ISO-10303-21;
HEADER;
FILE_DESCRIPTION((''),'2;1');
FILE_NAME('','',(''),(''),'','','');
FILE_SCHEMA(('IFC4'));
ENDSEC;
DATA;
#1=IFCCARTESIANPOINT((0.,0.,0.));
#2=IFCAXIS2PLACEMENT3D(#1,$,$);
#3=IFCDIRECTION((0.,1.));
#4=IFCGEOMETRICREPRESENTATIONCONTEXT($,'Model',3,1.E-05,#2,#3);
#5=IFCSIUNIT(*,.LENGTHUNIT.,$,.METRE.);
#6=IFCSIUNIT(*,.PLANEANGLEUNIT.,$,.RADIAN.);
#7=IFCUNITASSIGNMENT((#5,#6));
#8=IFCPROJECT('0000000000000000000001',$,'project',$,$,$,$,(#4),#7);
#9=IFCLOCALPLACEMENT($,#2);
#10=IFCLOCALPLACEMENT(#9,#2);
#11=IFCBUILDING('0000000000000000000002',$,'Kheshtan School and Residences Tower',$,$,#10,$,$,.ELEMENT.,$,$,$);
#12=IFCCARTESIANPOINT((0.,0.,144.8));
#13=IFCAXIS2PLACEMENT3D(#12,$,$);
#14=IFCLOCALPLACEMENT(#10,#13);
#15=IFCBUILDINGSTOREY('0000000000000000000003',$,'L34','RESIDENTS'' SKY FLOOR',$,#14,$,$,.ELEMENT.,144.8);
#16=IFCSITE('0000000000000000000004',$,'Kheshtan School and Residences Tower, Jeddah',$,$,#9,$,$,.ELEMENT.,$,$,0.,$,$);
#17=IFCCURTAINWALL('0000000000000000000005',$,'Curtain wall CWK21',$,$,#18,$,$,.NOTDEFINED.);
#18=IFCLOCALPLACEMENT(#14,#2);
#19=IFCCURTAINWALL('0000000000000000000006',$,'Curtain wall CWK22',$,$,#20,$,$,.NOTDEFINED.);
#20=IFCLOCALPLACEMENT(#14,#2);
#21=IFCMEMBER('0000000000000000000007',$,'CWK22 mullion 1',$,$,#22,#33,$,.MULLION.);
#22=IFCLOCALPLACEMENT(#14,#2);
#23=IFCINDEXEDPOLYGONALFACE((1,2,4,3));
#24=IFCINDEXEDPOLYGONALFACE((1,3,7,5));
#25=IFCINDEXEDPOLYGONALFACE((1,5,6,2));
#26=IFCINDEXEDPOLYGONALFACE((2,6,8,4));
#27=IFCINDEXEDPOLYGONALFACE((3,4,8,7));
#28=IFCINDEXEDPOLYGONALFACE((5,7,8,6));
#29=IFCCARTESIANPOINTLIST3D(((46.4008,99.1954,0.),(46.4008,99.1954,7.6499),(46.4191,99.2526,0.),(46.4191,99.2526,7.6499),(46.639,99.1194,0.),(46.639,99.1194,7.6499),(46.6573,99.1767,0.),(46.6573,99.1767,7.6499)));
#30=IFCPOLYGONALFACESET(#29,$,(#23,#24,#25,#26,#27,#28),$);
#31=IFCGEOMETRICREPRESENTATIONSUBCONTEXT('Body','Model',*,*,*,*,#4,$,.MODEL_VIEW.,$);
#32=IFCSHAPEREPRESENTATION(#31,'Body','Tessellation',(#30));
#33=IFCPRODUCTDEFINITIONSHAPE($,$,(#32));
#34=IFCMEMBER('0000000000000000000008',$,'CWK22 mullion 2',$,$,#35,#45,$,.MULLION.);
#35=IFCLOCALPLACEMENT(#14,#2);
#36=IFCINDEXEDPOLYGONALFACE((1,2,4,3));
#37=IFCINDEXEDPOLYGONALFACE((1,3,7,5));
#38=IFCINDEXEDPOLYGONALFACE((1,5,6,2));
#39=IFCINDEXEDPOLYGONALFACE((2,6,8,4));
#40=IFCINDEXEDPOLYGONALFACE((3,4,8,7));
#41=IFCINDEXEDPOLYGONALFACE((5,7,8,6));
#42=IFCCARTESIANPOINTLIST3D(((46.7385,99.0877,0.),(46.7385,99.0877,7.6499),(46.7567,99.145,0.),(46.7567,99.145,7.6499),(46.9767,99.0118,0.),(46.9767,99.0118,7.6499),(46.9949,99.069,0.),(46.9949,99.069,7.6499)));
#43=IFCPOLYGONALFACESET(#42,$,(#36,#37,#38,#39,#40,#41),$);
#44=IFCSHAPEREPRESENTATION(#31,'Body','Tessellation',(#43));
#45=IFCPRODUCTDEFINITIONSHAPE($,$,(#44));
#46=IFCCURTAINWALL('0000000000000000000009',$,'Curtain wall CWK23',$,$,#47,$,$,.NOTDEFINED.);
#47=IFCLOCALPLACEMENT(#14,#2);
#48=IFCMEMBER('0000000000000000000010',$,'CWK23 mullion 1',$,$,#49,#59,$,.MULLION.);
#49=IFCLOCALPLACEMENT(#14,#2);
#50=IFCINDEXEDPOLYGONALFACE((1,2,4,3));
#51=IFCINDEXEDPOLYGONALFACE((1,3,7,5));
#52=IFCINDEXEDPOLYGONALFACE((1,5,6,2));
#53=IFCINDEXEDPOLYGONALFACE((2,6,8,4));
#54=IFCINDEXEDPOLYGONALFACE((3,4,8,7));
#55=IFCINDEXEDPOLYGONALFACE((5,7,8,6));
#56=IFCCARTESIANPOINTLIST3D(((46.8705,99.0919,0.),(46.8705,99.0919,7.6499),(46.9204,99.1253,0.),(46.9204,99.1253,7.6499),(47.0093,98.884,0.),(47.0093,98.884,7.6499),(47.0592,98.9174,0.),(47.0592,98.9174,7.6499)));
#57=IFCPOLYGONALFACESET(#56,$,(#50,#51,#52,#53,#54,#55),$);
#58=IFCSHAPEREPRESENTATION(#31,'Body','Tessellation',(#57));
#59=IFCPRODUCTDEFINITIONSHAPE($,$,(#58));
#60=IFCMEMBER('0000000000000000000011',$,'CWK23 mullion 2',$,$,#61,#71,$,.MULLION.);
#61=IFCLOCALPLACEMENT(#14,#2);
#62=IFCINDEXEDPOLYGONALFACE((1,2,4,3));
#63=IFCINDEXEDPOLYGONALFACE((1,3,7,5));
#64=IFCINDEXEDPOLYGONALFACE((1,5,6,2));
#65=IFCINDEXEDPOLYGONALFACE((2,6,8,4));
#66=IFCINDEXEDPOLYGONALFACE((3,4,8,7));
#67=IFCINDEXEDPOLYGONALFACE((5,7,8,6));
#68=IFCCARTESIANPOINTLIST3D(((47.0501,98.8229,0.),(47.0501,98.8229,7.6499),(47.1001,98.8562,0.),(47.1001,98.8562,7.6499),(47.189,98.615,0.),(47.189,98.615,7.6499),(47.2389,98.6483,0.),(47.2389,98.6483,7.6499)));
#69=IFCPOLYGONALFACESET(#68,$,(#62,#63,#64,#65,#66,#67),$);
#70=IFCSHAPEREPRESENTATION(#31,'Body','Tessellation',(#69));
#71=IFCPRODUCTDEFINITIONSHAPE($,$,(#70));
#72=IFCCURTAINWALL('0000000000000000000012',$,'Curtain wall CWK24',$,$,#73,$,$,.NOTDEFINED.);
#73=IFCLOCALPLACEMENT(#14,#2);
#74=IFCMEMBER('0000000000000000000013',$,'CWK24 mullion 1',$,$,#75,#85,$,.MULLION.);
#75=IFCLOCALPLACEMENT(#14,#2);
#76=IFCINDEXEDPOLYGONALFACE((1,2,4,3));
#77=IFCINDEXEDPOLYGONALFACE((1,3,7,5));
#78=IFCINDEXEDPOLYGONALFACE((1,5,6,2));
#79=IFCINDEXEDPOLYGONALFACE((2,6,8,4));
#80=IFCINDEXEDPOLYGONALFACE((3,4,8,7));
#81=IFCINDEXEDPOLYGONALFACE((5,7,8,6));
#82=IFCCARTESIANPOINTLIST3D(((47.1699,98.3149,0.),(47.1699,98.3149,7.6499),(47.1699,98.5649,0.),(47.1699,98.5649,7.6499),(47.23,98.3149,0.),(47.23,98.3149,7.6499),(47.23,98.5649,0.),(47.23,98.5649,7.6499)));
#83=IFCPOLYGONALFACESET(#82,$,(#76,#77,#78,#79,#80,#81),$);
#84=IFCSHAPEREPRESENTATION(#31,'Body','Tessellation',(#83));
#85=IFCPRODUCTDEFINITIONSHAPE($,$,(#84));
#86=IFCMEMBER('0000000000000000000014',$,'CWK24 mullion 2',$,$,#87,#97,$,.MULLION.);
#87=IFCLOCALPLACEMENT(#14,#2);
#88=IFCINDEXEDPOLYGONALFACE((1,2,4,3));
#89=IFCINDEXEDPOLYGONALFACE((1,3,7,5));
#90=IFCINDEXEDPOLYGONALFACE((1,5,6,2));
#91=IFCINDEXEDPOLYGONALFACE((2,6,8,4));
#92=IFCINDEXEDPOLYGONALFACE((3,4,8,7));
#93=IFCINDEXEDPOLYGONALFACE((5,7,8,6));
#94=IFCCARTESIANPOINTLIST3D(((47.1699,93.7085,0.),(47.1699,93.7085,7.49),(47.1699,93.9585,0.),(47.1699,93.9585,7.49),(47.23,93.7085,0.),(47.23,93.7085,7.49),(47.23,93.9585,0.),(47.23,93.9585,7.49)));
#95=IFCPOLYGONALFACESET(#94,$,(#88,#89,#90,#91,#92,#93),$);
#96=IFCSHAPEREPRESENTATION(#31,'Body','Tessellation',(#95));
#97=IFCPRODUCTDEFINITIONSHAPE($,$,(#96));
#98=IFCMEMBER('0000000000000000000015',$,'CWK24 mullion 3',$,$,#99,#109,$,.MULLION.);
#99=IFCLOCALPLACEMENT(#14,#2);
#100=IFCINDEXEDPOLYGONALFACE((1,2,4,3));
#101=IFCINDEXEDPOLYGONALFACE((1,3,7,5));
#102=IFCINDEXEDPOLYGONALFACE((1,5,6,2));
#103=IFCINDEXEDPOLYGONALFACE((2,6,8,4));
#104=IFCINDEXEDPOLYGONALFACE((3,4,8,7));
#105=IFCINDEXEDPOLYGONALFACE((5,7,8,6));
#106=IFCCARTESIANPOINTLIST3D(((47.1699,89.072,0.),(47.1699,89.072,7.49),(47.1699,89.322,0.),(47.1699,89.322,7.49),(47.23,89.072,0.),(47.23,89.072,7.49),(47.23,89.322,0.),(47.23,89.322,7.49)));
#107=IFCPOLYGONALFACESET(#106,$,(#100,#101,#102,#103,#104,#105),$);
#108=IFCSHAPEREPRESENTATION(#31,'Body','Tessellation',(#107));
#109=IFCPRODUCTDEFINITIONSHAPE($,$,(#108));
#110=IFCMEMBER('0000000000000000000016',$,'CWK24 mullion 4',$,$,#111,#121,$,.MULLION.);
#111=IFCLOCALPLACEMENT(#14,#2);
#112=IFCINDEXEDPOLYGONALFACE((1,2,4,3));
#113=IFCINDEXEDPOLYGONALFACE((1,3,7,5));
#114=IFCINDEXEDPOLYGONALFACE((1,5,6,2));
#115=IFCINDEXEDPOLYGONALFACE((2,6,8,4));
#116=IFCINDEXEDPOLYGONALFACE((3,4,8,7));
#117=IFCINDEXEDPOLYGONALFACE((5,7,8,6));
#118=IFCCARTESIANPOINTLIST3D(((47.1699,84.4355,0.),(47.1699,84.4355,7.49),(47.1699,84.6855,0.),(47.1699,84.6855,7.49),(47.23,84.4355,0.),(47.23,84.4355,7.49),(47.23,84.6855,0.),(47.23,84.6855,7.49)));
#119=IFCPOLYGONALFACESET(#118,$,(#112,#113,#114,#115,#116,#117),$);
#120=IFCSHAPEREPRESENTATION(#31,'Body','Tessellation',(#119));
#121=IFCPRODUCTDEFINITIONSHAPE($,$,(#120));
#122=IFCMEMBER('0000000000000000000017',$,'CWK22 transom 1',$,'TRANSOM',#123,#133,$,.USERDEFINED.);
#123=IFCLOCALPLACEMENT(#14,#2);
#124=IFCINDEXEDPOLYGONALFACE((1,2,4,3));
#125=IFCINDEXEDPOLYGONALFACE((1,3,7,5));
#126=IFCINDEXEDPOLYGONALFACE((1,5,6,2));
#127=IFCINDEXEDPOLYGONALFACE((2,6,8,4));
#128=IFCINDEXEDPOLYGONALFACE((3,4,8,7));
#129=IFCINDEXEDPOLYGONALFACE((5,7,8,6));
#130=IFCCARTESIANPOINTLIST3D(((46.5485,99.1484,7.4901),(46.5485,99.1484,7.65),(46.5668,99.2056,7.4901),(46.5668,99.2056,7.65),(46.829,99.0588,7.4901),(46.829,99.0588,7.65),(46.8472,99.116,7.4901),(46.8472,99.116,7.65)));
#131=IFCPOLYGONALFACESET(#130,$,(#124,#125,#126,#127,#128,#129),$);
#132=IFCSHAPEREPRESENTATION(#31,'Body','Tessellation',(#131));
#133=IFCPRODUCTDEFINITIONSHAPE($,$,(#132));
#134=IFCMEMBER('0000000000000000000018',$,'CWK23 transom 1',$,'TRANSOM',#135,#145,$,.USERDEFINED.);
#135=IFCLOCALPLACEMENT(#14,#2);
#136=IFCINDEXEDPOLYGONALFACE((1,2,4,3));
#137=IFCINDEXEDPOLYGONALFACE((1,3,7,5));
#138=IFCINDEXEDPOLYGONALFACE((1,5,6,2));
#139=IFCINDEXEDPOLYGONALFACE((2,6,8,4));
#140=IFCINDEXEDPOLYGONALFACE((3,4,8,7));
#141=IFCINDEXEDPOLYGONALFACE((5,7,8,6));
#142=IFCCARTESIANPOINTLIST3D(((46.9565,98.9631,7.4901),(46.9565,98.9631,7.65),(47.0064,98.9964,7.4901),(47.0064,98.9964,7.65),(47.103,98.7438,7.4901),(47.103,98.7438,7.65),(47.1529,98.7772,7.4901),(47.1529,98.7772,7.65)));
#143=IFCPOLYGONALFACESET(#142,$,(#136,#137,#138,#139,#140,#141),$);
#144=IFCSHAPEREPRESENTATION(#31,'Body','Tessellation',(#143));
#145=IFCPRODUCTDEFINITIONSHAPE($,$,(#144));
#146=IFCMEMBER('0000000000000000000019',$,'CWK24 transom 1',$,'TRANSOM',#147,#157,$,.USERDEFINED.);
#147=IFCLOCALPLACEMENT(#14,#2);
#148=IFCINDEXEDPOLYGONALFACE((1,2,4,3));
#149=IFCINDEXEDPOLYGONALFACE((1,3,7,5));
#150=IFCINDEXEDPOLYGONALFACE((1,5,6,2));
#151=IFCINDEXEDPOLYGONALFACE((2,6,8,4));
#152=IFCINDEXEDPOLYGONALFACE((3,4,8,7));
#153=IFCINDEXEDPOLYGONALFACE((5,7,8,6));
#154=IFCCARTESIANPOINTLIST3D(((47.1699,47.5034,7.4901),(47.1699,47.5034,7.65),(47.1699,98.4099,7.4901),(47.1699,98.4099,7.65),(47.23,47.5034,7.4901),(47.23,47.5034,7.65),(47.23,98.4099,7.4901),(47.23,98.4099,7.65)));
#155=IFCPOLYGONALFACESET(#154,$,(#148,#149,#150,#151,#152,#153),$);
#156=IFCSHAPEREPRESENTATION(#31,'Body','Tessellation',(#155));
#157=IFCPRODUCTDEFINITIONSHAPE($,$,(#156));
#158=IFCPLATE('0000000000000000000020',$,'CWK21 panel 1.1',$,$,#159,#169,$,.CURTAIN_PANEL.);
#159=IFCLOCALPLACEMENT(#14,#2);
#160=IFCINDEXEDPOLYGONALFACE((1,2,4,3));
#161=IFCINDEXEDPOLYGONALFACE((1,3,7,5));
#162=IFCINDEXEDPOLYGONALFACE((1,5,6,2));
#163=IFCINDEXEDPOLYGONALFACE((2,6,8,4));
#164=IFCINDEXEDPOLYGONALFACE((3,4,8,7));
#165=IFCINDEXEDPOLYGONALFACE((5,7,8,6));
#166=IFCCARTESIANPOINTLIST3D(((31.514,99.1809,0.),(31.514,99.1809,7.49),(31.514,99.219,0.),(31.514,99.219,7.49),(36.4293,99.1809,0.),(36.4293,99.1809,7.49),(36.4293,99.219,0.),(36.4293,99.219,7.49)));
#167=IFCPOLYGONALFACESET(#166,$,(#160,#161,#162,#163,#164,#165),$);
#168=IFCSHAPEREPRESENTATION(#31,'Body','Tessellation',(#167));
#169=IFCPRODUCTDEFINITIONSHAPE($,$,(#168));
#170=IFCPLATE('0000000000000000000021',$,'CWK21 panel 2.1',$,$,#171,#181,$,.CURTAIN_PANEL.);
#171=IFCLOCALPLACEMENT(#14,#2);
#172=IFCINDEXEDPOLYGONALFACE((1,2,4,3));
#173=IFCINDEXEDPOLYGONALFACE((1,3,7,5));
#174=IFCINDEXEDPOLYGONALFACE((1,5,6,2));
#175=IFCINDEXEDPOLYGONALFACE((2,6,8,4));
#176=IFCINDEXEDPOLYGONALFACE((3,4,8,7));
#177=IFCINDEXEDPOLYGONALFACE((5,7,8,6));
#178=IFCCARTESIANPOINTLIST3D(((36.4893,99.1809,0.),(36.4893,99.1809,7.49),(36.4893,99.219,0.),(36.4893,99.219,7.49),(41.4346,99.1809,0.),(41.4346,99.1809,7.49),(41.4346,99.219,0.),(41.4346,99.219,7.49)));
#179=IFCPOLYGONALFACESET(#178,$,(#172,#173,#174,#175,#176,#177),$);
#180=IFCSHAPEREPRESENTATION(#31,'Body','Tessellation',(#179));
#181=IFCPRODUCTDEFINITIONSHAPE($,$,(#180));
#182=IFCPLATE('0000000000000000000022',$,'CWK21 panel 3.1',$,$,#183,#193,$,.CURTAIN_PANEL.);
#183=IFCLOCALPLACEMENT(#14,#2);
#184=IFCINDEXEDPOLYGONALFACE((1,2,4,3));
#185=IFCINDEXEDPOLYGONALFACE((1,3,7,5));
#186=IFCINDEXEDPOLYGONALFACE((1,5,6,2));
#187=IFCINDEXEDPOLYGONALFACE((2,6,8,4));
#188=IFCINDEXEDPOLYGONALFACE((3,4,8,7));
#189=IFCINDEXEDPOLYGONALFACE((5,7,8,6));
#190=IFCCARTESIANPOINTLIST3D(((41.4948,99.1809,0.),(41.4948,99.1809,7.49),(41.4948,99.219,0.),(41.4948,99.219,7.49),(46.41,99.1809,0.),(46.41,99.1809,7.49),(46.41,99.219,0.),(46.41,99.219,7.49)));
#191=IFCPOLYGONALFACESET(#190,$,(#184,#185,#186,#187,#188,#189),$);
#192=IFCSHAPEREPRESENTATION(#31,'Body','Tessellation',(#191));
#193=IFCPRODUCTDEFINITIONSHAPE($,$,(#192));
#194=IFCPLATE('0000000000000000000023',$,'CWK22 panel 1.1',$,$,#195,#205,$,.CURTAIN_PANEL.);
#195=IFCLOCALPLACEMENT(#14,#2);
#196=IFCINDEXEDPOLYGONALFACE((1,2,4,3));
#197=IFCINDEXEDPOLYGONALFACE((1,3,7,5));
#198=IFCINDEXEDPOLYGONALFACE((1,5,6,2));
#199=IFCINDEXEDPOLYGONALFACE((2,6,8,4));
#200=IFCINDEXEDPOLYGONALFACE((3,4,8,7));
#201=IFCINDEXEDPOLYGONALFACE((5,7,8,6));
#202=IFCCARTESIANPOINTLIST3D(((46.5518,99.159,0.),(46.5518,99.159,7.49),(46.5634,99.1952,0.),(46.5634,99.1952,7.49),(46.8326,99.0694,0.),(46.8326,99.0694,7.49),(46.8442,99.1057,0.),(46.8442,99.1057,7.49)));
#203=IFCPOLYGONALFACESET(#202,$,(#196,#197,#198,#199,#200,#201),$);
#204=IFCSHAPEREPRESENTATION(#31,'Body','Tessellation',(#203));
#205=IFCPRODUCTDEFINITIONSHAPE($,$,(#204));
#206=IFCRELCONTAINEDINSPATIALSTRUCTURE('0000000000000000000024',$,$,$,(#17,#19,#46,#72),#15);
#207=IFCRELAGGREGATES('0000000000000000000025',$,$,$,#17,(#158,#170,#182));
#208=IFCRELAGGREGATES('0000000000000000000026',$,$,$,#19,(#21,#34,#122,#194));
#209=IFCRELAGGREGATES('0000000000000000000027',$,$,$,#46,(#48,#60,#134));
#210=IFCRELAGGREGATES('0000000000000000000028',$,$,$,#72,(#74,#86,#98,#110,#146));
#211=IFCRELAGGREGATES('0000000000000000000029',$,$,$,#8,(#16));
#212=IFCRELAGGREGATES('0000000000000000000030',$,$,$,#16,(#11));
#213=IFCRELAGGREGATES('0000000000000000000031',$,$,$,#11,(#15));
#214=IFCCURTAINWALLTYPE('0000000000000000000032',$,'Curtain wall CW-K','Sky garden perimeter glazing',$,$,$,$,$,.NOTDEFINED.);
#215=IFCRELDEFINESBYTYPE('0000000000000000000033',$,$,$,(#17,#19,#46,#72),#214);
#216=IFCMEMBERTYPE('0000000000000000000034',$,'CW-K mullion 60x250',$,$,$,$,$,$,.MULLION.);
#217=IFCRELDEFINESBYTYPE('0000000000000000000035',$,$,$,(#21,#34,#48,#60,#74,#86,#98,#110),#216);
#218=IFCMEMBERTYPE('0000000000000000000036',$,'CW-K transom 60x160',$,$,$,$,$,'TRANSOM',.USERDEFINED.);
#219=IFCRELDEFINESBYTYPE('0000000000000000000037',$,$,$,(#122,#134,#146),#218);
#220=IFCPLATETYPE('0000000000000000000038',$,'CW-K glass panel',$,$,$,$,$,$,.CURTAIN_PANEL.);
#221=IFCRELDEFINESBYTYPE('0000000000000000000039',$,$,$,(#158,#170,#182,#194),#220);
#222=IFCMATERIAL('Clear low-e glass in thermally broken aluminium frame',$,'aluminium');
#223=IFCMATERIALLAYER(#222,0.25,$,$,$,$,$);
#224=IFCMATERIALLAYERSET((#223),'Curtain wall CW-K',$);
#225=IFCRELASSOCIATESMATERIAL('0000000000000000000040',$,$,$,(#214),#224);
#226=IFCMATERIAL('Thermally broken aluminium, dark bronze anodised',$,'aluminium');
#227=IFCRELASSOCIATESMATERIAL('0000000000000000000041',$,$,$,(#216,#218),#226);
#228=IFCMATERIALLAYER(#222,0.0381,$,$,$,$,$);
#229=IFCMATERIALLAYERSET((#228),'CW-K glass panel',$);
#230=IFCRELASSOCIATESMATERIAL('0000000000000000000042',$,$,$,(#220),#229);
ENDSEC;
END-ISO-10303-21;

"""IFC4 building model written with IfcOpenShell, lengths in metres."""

from ifc_helpers import new_model, si_unit, direction, frame, origin, origin_2d, place, context, subcontext, project, spatial, rectangle, extrude, material, layer, layer_set, material_profile, profile_set, type_object, element, aggregate, save


model = new_model("IFC4")

# Units and contexts
model_context = context("Model", 3, precision=1e-05, world=origin(), true_north=direction((0.0, 1.0)))
body_context = subcontext(model_context, "Body", "Model", "MODEL_VIEW")
ifc_project = project(units=[si_unit("LENGTHUNIT", "METRE"), si_unit("PLANEANGLEUNIT", "RADIAN")], contexts=[model_context])

# Site, building, storey
site_placement = place(None, origin())
site = spatial("IfcSite", under=ifc_project, at=site_placement, Name="Kheshtan School and Residences Tower, Jeddah", CompositionType="ELEMENT", RefElevation=0.0)
building_placement = place(site_placement, origin())
building = spatial("IfcBuilding", under=site, at=building_placement, Name="Kheshtan School and Residences Tower", CompositionType="ELEMENT")
storey_placement = place(building_placement, frame((0.0, 0.0, 144.8)))
storey = spatial("IfcBuildingStorey", under=building, at=storey_placement, Name="L34", Description="RESIDENTS' SKY FLOOR", CompositionType="ELEMENT", Elevation=144.8)

# Curtain walls, members
ifc_material_1 = material(Name="Clear low-e glass in thermally broken aluminium frame", Category="aluminium")
ifc_layer_1 = layer(ifc_material_1, 0.25)
ifc_layer_set_1 = layer_set([ifc_layer_1], Name="Curtain wall CW-K")
curtain_wall_type = type_object("IfcCurtainWallType", Name="Curtain wall CW-K", Description="Sky garden perimeter glazing", PredefinedType="NOTDEFINED", material=ifc_layer_set_1)
curtain_wall_1_placement = place(storey_placement, origin())
curtain_wall_1 = element("IfcCurtainWall", 1, at=curtain_wall_1_placement, inside=storey, type_object=curtain_wall_type, Name="Curtain wall CWK21", PredefinedType="NOTDEFINED")
ifc_material_2 = material(Name="Thermally broken aluminium, dark bronze anodised", Category="aluminium")
ifc_material_profile_1 = material_profile(ifc_material_2, rectangle(XDim=0.0601, YDim=0.25, at=origin_2d()), Name="CW-K mullion 60x250")
ifc_profile_set_1 = profile_set([ifc_material_profile_1], Name="Thermally broken aluminium, dark bronze anodised")
member_type_1 = type_object("IfcMemberType", Name="CW-K mullion 60x250", PredefinedType="MULLION", material=ifc_profile_set_1)
curtain_wall_2_placement = place(storey_placement, origin())
curtain_wall_2 = element("IfcCurtainWall", 2, at=curtain_wall_2_placement, inside=storey, type_object=curtain_wall_type, Name="Curtain wall CWK22", PredefinedType="NOTDEFINED")
member_1_placement = place(storey_placement, frame((46.5291, 99.186, 0.0), z_axis=(0.0, 0.0, 1.0), x_axis=(0.3039, 0.952704, 0.0)))
member_1 = element("IfcMember", 3, at=member_1_placement, type_object=member_type_1, Name="CWK22 mullion 1", PredefinedType="MULLION", context=body_context, shape_type="SweptSolid", body=[
    extrude(rectangle(XDim=0.0601, YDim=0.25, at=origin_2d()), origin(), (0.0, 0.0, 1.0), 7.6499),
])
member_2_placement = place(storey_placement, frame((46.8667, 99.0784, 0.0), z_axis=(0.0, 0.0, 1.0), x_axis=(0.3039, 0.952704, 0.0)))
member_2 = element("IfcMember", 4, at=member_2_placement, type_object=member_type_1, Name="CWK22 mullion 2", PredefinedType="MULLION", context=body_context, shape_type="SweptSolid", body=[
    extrude(rectangle(XDim=0.0601, YDim=0.25, at=origin_2d()), origin(), (0.0, 0.0, 1.0), 7.6499),
])
curtain_wall_3_placement = place(storey_placement, origin())
curtain_wall_3 = element("IfcCurtainWall", 5, at=curtain_wall_3_placement, inside=storey, type_object=curtain_wall_type, Name="Curtain wall CWK23", PredefinedType="NOTDEFINED")
member_3_placement = place(storey_placement, frame((46.9648, 99.0046, 0.0), z_axis=(0.0, 0.0, 1.0), x_axis=(0.831649, 0.555302, 0.0)))
member_3 = element("IfcMember", 6, at=member_3_placement, type_object=member_type_1, Name="CWK23 mullion 1", PredefinedType="MULLION", context=body_context, shape_type="SweptSolid", body=[
    extrude(rectangle(XDim=0.0601, YDim=0.25, at=origin_2d()), origin(), (0.0, 0.0, 1.0), 7.6499),
])
member_4_placement = place(storey_placement, frame((47.1445, 98.7356, 0.0), z_axis=(0.0, 0.0, 1.0), x_axis=(0.831649, 0.555302, 0.0)))
member_4 = element("IfcMember", 7, at=member_4_placement, type_object=member_type_1, Name="CWK23 mullion 2", PredefinedType="MULLION", context=body_context, shape_type="SweptSolid", body=[
    extrude(rectangle(XDim=0.0601, YDim=0.25, at=origin_2d()), origin(), (0.0, 0.0, 1.0), 7.6499),
])
curtain_wall_4_placement = place(storey_placement, origin())
curtain_wall_4 = element("IfcCurtainWall", 8, at=curtain_wall_4_placement, inside=storey, type_object=curtain_wall_type, Name="Curtain wall CWK24", PredefinedType="NOTDEFINED")
member_5_placement = place(storey_placement, frame((47.2, 98.4399, 0.0), z_axis=(0.0, 0.0, 1.0), x_axis=(1.0, 0.0, 0.0)))
member_5 = element("IfcMember", 9, at=member_5_placement, type_object=member_type_1, Name="CWK24 mullion 1", PredefinedType="MULLION", context=body_context, shape_type="SweptSolid", body=[
    extrude(rectangle(XDim=0.0601, YDim=0.25, at=origin_2d()), origin(), (0.0, 0.0, 1.0), 7.6499),
])
member_6_placement = place(storey_placement, frame((47.2, 93.8335, 0.0), z_axis=(0.0, 0.0, 1.0), x_axis=(1.0, 0.0, 0.0)))
member_6 = element("IfcMember", 10, at=member_6_placement, type_object=member_type_1, Name="CWK24 mullion 2", PredefinedType="MULLION", context=body_context, shape_type="SweptSolid", body=[
    extrude(rectangle(XDim=0.0601, YDim=0.25, at=origin_2d()), origin(), (0.0, 0.0, 1.0), 7.49),
])
member_7_placement = place(storey_placement, frame((47.2, 89.197, 0.0), z_axis=(0.0, 0.0, 1.0), x_axis=(1.0, 0.0, 0.0)))
member_7 = element("IfcMember", 11, at=member_7_placement, type_object=member_type_1, Name="CWK24 mullion 3", PredefinedType="MULLION", context=body_context, shape_type="SweptSolid", body=[
    extrude(rectangle(XDim=0.0601, YDim=0.25, at=origin_2d()), origin(), (0.0, 0.0, 1.0), 7.49),
])
member_8_placement = place(storey_placement, frame((47.2, 84.5605, 0.0), z_axis=(0.0, 0.0, 1.0), x_axis=(1.0, 0.0, 0.0)))
member_8 = element("IfcMember", 12, at=member_8_placement, type_object=member_type_1, Name="CWK24 mullion 4", PredefinedType="MULLION", context=body_context, shape_type="SweptSolid", body=[
    extrude(rectangle(XDim=0.0601, YDim=0.25, at=origin_2d()), origin(), (0.0, 0.0, 1.0), 7.49),
])

# Members
ifc_material_profile_2 = material_profile(ifc_material_2, rectangle(XDim=0.0601, YDim=0.1599, at=origin_2d()), Name="CW-K transom 60x160")
ifc_profile_set_2 = profile_set([ifc_material_profile_2], Name="Thermally broken aluminium, dark bronze anodised")
member_type_2 = type_object("IfcMemberType", Name="CW-K transom 60x160", ElementType="TRANSOM", PredefinedType="USERDEFINED", material=ifc_profile_set_2)
member_9_placement = place(storey_placement, frame((46.5576, 99.177, 7.5701), z_axis=(0.952588, -0.304264, 0.0), x_axis=(0.304264, 0.952588, 0.0)))
member_9 = element("IfcMember", 13, at=member_9_placement, type_object=member_type_2, Name="CWK22 transom 1", ObjectType="TRANSOM", PredefinedType="USERDEFINED", context=body_context, shape_type="SweptSolid", body=[
    extrude(rectangle(XDim=0.0601, YDim=0.1599, at=origin_2d()), origin(), (0.0, 0.0, 1.0), 0.2944),
])
member_10_placement = place(storey_placement, frame((46.9814, 98.9797, 7.5701), z_axis=(0.555555, -0.83148, 0.0), x_axis=(0.83148, 0.555555, 0.0)))
member_10 = element("IfcMember", 14, at=member_10_placement, type_object=member_type_2, Name="CWK23 transom 1", ObjectType="TRANSOM", PredefinedType="USERDEFINED", context=body_context, shape_type="SweptSolid", body=[
    extrude(rectangle(XDim=0.0601, YDim=0.1599, at=origin_2d()), origin(), (0.0, 0.0, 1.0), 0.2637),
])
member_11_placement = place(storey_placement, frame((47.2, 98.4099, 7.5701), z_axis=(0.0, -1.0, 0.0), x_axis=(1.0, 0.0, 0.0)))
member_11 = element("IfcMember", 15, at=member_11_placement, type_object=member_type_2, Name="CWK24 transom 1", ObjectType="TRANSOM", PredefinedType="USERDEFINED", context=body_context, shape_type="SweptSolid", body=[
    extrude(rectangle(XDim=0.0601, YDim=0.1599, at=origin_2d()), origin(), (0.0, 0.0, 1.0), 50.9065),
])

# Plates
ifc_layer_2 = layer(ifc_material_1, 0.0381)
ifc_layer_set_2 = layer_set([ifc_layer_2], Name="CW-K glass panel")
plate_type = type_object("IfcPlateType", Name="CW-K glass panel", PredefinedType="CURTAIN_PANEL", material=ifc_layer_set_2)
plate_1_placement = place(storey_placement, frame((33.9717, 99.2, 0.0), z_axis=(0.0, 0.0, 1.0), x_axis=(1.0, 0.0, 0.0)))
plate_1 = element("IfcPlate", 16, at=plate_1_placement, type_object=plate_type, Name="CWK21 panel 1.1", PredefinedType="CURTAIN_PANEL", context=body_context, shape_type="SweptSolid", body=[
    extrude(rectangle(XDim=4.9153, YDim=0.0381, at=origin_2d()), origin(), (0.0, 0.0, 1.0), 7.49),
])
plate_2_placement = place(storey_placement, frame((38.9619, 99.2, 0.0), z_axis=(0.0, 0.0, 1.0), x_axis=(1.0, 0.0, 0.0)))
plate_2 = element("IfcPlate", 17, at=plate_2_placement, type_object=plate_type, Name="CWK21 panel 2.1", PredefinedType="CURTAIN_PANEL", context=body_context, shape_type="SweptSolid", body=[
    extrude(rectangle(XDim=4.9453, YDim=0.0381, at=origin_2d()), origin(), (0.0, 0.0, 1.0), 7.49),
])
plate_3_placement = place(storey_placement, frame((43.9524, 99.2, 0.0), z_axis=(0.0, 0.0, 1.0), x_axis=(1.0, 0.0, 0.0)))
plate_3 = element("IfcPlate", 18, at=plate_3_placement, type_object=plate_type, Name="CWK21 panel 3.1", PredefinedType="CURTAIN_PANEL", context=body_context, shape_type="SweptSolid", body=[
    extrude(rectangle(XDim=4.9153, YDim=0.0381, at=origin_2d()), origin(), (0.0, 0.0, 1.0), 7.49),
])
aggregate(curtain_wall_1, [plate_1, plate_2, plate_3])
plate_4_placement = place(storey_placement, frame((46.698, 99.1323, 0.0), z_axis=(0.0, 0.0, 1.0), x_axis=(0.952704, -0.3039, 0.0)))
plate_4 = element("IfcPlate", 19, at=plate_4_placement, type_object=plate_type, Name="CWK22 panel 1.1", PredefinedType="CURTAIN_PANEL", context=body_context, shape_type="SweptSolid", body=[
    extrude(rectangle(XDim=0.2947, YDim=0.0381, at=origin_2d()), origin(), (0.0, 0.0, 1.0), 7.49),
])
aggregate(curtain_wall_2, [member_1, member_2, member_9, plate_4])
aggregate(curtain_wall_3, [member_3, member_4, member_10])
aggregate(curtain_wall_4, [member_5, member_6, member_7, member_8, member_11])

save(model, "model.ifc")
